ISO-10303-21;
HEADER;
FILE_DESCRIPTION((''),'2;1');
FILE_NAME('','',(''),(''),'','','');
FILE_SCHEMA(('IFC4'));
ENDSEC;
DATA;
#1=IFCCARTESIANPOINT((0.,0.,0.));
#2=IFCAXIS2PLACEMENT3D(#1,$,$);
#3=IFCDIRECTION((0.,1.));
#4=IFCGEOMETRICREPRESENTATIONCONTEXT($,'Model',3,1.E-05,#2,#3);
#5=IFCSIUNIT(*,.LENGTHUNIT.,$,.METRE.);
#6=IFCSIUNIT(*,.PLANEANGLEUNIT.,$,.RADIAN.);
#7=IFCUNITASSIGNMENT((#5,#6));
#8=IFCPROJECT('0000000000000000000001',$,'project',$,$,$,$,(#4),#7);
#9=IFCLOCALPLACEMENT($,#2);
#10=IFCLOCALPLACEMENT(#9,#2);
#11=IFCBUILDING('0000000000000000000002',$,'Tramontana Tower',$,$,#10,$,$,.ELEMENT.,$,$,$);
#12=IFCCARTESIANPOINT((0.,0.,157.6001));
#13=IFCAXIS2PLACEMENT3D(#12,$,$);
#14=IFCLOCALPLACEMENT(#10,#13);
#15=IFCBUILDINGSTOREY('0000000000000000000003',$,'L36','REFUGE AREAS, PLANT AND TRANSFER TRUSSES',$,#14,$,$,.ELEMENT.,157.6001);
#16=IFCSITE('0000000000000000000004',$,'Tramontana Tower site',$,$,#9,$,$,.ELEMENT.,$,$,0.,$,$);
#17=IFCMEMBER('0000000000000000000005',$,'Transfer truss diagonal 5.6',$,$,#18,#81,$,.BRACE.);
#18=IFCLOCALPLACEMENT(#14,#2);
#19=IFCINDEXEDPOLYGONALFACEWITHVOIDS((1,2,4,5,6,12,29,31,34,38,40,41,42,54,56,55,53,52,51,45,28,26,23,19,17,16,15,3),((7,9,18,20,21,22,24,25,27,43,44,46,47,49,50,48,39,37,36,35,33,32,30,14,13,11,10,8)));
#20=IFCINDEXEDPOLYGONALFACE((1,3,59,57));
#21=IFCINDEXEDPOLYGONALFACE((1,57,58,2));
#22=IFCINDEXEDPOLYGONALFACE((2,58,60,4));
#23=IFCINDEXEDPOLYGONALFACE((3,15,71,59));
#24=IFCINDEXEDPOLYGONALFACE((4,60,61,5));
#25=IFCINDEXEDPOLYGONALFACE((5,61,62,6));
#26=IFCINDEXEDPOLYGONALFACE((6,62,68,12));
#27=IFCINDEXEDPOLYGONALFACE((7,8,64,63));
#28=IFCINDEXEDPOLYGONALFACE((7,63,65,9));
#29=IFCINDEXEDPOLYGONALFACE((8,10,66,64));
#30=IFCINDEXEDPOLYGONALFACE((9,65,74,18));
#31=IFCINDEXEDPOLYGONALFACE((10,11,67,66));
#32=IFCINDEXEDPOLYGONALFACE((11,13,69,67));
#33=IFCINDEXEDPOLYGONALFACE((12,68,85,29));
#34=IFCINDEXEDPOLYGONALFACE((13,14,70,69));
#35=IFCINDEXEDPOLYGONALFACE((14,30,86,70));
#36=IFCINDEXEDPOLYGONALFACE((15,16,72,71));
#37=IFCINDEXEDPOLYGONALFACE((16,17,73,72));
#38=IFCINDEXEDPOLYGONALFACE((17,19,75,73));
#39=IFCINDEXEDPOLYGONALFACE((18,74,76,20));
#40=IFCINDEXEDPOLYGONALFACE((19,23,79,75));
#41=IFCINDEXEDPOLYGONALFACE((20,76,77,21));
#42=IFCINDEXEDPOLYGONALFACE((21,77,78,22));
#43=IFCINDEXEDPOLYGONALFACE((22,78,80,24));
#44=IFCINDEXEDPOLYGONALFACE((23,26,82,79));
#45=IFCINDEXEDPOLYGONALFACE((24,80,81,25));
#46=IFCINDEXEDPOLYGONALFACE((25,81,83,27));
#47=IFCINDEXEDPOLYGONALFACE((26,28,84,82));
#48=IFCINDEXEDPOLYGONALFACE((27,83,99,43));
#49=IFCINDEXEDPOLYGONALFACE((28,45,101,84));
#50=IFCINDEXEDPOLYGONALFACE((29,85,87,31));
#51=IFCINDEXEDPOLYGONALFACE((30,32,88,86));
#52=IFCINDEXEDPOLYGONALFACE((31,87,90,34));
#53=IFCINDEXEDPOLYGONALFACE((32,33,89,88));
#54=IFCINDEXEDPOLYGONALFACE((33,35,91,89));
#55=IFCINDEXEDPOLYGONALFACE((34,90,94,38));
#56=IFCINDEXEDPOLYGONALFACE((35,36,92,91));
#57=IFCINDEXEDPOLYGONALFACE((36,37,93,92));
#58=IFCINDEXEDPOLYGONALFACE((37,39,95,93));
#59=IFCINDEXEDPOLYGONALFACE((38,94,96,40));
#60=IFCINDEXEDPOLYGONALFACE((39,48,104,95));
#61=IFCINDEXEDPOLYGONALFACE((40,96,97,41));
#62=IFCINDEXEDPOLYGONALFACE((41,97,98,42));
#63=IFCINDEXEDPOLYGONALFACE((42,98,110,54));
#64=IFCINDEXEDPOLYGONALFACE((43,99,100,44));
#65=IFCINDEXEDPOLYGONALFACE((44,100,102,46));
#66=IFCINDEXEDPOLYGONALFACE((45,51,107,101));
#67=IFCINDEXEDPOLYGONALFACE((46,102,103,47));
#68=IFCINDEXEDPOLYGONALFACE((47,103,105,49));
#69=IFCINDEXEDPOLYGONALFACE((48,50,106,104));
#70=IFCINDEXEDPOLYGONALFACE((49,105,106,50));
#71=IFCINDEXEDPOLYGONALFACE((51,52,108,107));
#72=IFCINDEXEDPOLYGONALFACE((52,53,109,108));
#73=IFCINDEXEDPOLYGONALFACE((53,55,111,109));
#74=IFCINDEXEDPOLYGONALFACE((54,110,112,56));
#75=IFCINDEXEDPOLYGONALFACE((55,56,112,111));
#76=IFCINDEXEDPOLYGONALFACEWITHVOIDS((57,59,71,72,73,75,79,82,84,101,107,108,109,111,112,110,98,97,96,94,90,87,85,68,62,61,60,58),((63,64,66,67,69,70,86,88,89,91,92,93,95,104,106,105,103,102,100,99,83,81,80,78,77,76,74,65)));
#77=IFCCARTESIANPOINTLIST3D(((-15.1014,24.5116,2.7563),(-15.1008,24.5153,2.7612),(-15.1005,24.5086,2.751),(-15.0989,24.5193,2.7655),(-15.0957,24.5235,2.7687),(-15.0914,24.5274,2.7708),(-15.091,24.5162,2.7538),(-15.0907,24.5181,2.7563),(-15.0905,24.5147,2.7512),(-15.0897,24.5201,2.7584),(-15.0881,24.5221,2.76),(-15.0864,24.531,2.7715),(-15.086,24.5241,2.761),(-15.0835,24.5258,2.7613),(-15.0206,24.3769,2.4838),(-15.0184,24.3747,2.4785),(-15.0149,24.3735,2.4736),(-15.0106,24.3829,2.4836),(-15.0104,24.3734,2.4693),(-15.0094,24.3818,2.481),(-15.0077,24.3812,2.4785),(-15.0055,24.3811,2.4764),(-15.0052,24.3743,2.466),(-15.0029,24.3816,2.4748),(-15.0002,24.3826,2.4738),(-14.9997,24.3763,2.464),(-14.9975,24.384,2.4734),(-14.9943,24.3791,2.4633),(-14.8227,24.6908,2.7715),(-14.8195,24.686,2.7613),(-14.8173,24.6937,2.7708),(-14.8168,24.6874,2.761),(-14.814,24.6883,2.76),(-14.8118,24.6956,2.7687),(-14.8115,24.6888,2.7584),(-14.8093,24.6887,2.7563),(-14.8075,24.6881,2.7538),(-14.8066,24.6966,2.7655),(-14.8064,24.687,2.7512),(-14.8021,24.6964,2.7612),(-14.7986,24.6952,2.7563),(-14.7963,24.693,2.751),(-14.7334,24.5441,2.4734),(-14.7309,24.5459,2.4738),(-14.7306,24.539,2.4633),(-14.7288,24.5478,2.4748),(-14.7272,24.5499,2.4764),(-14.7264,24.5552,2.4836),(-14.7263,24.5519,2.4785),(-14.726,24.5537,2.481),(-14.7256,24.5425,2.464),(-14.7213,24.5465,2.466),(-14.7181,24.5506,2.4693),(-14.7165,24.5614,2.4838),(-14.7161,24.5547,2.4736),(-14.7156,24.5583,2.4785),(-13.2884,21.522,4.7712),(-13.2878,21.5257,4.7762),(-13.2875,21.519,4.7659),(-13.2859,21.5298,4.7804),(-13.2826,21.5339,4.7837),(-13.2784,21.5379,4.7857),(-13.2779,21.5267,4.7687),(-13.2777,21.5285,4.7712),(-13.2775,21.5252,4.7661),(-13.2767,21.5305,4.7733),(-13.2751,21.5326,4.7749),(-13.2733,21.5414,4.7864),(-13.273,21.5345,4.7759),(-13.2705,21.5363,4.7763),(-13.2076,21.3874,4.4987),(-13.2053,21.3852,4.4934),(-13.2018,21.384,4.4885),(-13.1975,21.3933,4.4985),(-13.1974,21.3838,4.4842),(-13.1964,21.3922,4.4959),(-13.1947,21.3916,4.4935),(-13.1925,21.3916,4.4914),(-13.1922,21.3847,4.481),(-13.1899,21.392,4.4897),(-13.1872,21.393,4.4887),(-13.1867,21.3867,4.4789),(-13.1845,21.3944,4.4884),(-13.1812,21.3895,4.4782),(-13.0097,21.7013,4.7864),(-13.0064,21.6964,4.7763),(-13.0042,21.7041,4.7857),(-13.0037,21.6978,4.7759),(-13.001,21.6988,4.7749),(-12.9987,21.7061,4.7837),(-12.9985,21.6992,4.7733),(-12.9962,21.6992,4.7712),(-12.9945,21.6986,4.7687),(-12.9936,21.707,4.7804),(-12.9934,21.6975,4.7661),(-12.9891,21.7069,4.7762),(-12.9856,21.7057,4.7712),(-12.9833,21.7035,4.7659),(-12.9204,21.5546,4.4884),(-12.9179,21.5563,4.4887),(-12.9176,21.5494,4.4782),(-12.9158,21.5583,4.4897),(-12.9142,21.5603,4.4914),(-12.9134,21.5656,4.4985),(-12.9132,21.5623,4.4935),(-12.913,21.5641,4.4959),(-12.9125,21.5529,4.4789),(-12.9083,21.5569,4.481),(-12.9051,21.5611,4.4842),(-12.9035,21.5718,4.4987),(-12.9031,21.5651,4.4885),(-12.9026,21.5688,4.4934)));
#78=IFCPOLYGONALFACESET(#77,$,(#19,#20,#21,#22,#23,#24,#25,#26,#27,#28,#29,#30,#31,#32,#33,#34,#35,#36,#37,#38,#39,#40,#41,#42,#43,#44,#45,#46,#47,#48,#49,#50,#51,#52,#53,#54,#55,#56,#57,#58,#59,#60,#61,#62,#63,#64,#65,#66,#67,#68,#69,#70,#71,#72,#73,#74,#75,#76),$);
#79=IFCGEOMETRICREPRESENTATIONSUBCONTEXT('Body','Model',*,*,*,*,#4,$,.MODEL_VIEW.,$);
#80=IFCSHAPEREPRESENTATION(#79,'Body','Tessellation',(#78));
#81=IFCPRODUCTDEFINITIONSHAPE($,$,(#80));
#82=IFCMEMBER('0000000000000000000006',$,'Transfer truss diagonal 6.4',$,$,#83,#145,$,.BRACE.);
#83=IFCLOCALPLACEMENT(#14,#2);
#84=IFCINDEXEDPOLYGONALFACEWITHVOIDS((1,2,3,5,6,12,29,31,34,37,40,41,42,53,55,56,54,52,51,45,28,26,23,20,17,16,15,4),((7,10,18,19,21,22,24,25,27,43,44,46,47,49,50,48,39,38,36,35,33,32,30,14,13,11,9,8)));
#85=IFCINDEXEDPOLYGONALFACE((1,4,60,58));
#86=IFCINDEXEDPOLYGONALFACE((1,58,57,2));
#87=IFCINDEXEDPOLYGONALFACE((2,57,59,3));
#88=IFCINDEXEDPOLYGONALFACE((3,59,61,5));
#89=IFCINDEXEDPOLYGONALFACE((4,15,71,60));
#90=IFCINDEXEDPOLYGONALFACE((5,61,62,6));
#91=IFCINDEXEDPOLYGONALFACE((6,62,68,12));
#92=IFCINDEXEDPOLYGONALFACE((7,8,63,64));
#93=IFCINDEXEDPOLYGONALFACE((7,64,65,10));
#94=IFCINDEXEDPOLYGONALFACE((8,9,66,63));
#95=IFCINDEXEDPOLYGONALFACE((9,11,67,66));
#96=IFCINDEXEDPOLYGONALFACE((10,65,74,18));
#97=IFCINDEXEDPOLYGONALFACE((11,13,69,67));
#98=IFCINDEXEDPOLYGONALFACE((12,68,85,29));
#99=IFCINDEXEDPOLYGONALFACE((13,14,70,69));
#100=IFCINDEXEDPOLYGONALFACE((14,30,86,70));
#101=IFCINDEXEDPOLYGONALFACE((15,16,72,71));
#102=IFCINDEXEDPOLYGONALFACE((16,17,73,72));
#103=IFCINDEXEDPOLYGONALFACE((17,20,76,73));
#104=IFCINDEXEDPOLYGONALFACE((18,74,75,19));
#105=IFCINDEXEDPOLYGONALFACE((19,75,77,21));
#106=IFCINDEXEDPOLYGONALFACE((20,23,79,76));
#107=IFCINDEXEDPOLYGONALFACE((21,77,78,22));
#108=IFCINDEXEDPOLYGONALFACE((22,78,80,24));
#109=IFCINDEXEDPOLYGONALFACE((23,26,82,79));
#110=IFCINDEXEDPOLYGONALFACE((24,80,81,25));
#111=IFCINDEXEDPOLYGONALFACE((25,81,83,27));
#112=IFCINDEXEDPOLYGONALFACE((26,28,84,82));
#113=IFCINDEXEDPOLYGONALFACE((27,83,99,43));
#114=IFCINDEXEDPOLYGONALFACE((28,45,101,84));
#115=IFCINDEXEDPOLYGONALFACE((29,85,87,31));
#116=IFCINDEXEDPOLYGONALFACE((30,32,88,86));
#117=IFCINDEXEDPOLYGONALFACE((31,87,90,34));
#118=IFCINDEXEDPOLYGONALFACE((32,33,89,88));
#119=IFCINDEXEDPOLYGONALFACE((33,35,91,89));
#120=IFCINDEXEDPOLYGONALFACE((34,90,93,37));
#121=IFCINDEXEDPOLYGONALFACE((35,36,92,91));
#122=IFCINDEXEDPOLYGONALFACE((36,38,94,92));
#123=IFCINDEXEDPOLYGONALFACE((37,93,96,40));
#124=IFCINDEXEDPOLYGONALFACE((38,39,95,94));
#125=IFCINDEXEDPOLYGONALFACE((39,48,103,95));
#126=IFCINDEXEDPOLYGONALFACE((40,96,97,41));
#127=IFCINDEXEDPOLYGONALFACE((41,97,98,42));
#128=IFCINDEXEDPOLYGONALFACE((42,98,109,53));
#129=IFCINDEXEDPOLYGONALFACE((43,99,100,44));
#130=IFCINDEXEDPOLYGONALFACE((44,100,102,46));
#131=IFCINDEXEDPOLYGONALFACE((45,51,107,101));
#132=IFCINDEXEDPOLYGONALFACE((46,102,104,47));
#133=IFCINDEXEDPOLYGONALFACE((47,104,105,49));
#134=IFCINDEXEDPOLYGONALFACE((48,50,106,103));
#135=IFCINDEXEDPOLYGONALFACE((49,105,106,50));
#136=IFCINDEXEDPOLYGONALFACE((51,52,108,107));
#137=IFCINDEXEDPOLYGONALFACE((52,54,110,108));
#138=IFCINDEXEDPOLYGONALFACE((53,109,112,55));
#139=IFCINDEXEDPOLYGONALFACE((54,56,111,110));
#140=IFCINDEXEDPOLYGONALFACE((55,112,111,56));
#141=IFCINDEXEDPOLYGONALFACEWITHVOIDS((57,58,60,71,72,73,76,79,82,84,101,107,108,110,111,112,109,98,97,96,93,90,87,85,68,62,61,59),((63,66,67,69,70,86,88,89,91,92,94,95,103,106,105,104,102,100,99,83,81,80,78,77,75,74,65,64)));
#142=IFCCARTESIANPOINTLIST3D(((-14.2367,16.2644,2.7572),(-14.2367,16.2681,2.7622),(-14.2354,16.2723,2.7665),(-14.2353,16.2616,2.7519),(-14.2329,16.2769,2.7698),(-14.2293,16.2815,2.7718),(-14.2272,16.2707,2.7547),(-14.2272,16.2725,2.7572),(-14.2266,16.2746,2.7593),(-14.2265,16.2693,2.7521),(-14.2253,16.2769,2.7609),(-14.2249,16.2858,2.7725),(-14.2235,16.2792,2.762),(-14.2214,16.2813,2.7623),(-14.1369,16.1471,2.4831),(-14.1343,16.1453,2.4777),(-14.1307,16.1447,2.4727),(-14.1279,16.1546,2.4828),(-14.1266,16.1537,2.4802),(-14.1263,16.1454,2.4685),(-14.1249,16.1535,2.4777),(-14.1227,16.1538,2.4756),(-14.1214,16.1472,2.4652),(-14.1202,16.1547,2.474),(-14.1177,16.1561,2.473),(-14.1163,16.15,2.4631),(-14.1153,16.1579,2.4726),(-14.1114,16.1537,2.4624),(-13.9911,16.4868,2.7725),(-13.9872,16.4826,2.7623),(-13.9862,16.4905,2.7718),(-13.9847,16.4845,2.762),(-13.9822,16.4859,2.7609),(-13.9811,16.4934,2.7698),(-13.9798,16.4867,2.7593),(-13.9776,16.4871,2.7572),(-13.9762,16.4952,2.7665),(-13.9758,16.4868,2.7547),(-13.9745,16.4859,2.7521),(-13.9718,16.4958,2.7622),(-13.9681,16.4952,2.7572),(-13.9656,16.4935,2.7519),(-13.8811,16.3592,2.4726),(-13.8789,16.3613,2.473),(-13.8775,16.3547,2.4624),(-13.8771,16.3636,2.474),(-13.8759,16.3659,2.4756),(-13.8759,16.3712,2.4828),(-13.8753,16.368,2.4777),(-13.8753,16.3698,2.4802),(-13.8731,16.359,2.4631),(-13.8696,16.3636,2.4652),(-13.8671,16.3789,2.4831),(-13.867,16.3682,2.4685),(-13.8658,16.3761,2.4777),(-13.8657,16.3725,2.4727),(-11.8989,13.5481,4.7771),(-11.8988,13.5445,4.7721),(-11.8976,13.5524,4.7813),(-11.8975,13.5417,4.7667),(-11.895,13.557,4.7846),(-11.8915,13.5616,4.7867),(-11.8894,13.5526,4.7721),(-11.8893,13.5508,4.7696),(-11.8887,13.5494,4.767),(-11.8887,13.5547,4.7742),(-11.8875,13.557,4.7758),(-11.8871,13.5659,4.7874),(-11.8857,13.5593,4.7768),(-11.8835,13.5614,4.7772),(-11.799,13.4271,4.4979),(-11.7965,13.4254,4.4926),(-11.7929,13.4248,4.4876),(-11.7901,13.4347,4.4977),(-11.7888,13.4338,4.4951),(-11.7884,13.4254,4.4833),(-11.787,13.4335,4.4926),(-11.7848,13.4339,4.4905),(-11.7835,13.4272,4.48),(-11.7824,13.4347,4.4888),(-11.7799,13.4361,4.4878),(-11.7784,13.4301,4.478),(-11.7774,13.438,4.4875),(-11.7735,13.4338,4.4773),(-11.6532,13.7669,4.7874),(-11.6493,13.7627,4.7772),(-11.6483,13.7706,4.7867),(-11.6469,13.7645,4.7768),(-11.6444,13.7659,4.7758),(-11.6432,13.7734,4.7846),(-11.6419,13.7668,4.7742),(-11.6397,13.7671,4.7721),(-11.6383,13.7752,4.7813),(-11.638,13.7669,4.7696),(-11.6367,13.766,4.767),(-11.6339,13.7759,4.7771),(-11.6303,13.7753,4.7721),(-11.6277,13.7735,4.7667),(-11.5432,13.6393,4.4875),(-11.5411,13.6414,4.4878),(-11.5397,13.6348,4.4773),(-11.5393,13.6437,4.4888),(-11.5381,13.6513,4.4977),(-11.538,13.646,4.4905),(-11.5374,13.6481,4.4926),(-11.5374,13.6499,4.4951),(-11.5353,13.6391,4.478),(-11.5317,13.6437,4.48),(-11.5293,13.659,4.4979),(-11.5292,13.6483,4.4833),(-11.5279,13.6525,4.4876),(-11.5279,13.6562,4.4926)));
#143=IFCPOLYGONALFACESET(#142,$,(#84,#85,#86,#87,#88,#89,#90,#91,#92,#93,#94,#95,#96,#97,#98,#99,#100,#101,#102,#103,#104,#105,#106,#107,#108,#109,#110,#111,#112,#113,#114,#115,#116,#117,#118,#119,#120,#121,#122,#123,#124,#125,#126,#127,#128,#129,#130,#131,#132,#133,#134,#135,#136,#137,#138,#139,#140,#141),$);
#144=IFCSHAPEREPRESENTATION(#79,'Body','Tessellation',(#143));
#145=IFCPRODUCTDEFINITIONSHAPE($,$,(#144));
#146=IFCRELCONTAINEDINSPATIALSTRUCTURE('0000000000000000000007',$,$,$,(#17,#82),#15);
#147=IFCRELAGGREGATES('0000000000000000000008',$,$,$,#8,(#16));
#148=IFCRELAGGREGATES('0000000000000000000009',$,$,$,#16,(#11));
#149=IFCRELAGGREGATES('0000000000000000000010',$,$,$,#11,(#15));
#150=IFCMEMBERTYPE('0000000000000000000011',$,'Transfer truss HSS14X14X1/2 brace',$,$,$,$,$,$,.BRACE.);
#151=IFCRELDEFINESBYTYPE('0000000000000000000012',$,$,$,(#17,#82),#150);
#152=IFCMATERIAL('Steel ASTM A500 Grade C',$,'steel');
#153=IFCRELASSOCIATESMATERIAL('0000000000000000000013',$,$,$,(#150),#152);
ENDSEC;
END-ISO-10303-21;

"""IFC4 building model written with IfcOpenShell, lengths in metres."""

from ifc_helpers import new_model, si_unit, direction, frame, origin, origin_2d, place, context, subcontext, project, spatial, hollow_rectangle, extrude, material, material_profile, profile_set, type_object, element, save


model = new_model("IFC4")

# Units and contexts
model_context = context("Model", 3, precision=1e-05, world=origin(), true_north=direction((0.0, 1.0)))
body_context = subcontext(model_context, "Body", "Model", "MODEL_VIEW")
ifc_project = project(units=[si_unit("LENGTHUNIT", "METRE"), si_unit("PLANEANGLEUNIT", "RADIAN")], contexts=[model_context])

# Site, building, storey
site_placement = place(None, origin())
site = spatial("IfcSite", under=ifc_project, at=site_placement, Name="Tramontana Tower site", CompositionType="ELEMENT", RefElevation=0.0)
building_placement = place(site_placement, origin())
building = spatial("IfcBuilding", under=site, at=building_placement, Name="Tramontana Tower", CompositionType="ELEMENT")
storey_placement = place(building_placement, frame((0.0, 0.0, 157.6001)))
storey = spatial("IfcBuildingStorey", under=building, at=storey_placement, Name="L36", Description="REFUGE AREAS, PLANT AND TRANSFER TRUSSES", CompositionType="ELEMENT", Elevation=157.6001)

# Members
ifc_material_1 = material(Name="Steel ASTM A500 Grade C", Category="steel")
ifc_material_profile_1 = material_profile(ifc_material_1, hollow_rectangle(XDim=0.3557, YDim=0.3557, WallThickness=0.0117, InnerFilletRadius=0.0117, OuterFilletRadius=0.0237, at=origin_2d()), Name="HSS14X14X1/2")
ifc_profile_set_1 = profile_set([ifc_material_profile_1], Name="Steel ASTM A500 Grade C")
member_type_1 = type_object("IfcMemberType", Name="Transfer truss HSS14X14X1/2 brace", PredefinedType="BRACE", material=ifc_profile_set_1)
member_1_placement = place(storey_placement, frame((-13.0955, 21.5454, 4.6323), z_axis=(-0.449279, 0.740833, -0.499314), x_axis=(-0.85505, -0.518546, 0.0)))
element("IfcMember", 1, at=member_1_placement, inside=storey, type_object=member_type_1, Name="Transfer truss diagonal 5.6", PredefinedType="BRACE", context=body_context, shape_type="SweptSolid", body=[
    extrude(hollow_rectangle(XDim=0.3557, YDim=0.3557, WallThickness=0.0117, InnerFilletRadius=0.0117, OuterFilletRadius=0.0237, at=origin_2d()), origin(), (0.0, 0.0, 1.0), 4.0354),
])
for number, where, z_axis, x_axis, name in (
    (2, (-11.7134, 13.6003, 4.6323), (-0.568297, 0.661174, -0.489783), (-0.758362, -0.651833, 0.0), "Transfer truss diagonal 6.4"),
):
    element("IfcMember", number, at=place(storey_placement, frame(where, z_axis=z_axis, x_axis=x_axis)), inside=storey, type_object=member_type_1, Name=name, PredefinedType="BRACE", context=body_context, shape_type="SweptSolid", body=[
        extrude(hollow_rectangle(XDim=0.3557, YDim=0.3557, WallThickness=0.0117, InnerFilletRadius=0.0117, OuterFilletRadius=0.0237, at=origin_2d()), origin(), (0.0, 0.0, 1.0), 4.1138),
    ])

save(model, "model.ifc")
